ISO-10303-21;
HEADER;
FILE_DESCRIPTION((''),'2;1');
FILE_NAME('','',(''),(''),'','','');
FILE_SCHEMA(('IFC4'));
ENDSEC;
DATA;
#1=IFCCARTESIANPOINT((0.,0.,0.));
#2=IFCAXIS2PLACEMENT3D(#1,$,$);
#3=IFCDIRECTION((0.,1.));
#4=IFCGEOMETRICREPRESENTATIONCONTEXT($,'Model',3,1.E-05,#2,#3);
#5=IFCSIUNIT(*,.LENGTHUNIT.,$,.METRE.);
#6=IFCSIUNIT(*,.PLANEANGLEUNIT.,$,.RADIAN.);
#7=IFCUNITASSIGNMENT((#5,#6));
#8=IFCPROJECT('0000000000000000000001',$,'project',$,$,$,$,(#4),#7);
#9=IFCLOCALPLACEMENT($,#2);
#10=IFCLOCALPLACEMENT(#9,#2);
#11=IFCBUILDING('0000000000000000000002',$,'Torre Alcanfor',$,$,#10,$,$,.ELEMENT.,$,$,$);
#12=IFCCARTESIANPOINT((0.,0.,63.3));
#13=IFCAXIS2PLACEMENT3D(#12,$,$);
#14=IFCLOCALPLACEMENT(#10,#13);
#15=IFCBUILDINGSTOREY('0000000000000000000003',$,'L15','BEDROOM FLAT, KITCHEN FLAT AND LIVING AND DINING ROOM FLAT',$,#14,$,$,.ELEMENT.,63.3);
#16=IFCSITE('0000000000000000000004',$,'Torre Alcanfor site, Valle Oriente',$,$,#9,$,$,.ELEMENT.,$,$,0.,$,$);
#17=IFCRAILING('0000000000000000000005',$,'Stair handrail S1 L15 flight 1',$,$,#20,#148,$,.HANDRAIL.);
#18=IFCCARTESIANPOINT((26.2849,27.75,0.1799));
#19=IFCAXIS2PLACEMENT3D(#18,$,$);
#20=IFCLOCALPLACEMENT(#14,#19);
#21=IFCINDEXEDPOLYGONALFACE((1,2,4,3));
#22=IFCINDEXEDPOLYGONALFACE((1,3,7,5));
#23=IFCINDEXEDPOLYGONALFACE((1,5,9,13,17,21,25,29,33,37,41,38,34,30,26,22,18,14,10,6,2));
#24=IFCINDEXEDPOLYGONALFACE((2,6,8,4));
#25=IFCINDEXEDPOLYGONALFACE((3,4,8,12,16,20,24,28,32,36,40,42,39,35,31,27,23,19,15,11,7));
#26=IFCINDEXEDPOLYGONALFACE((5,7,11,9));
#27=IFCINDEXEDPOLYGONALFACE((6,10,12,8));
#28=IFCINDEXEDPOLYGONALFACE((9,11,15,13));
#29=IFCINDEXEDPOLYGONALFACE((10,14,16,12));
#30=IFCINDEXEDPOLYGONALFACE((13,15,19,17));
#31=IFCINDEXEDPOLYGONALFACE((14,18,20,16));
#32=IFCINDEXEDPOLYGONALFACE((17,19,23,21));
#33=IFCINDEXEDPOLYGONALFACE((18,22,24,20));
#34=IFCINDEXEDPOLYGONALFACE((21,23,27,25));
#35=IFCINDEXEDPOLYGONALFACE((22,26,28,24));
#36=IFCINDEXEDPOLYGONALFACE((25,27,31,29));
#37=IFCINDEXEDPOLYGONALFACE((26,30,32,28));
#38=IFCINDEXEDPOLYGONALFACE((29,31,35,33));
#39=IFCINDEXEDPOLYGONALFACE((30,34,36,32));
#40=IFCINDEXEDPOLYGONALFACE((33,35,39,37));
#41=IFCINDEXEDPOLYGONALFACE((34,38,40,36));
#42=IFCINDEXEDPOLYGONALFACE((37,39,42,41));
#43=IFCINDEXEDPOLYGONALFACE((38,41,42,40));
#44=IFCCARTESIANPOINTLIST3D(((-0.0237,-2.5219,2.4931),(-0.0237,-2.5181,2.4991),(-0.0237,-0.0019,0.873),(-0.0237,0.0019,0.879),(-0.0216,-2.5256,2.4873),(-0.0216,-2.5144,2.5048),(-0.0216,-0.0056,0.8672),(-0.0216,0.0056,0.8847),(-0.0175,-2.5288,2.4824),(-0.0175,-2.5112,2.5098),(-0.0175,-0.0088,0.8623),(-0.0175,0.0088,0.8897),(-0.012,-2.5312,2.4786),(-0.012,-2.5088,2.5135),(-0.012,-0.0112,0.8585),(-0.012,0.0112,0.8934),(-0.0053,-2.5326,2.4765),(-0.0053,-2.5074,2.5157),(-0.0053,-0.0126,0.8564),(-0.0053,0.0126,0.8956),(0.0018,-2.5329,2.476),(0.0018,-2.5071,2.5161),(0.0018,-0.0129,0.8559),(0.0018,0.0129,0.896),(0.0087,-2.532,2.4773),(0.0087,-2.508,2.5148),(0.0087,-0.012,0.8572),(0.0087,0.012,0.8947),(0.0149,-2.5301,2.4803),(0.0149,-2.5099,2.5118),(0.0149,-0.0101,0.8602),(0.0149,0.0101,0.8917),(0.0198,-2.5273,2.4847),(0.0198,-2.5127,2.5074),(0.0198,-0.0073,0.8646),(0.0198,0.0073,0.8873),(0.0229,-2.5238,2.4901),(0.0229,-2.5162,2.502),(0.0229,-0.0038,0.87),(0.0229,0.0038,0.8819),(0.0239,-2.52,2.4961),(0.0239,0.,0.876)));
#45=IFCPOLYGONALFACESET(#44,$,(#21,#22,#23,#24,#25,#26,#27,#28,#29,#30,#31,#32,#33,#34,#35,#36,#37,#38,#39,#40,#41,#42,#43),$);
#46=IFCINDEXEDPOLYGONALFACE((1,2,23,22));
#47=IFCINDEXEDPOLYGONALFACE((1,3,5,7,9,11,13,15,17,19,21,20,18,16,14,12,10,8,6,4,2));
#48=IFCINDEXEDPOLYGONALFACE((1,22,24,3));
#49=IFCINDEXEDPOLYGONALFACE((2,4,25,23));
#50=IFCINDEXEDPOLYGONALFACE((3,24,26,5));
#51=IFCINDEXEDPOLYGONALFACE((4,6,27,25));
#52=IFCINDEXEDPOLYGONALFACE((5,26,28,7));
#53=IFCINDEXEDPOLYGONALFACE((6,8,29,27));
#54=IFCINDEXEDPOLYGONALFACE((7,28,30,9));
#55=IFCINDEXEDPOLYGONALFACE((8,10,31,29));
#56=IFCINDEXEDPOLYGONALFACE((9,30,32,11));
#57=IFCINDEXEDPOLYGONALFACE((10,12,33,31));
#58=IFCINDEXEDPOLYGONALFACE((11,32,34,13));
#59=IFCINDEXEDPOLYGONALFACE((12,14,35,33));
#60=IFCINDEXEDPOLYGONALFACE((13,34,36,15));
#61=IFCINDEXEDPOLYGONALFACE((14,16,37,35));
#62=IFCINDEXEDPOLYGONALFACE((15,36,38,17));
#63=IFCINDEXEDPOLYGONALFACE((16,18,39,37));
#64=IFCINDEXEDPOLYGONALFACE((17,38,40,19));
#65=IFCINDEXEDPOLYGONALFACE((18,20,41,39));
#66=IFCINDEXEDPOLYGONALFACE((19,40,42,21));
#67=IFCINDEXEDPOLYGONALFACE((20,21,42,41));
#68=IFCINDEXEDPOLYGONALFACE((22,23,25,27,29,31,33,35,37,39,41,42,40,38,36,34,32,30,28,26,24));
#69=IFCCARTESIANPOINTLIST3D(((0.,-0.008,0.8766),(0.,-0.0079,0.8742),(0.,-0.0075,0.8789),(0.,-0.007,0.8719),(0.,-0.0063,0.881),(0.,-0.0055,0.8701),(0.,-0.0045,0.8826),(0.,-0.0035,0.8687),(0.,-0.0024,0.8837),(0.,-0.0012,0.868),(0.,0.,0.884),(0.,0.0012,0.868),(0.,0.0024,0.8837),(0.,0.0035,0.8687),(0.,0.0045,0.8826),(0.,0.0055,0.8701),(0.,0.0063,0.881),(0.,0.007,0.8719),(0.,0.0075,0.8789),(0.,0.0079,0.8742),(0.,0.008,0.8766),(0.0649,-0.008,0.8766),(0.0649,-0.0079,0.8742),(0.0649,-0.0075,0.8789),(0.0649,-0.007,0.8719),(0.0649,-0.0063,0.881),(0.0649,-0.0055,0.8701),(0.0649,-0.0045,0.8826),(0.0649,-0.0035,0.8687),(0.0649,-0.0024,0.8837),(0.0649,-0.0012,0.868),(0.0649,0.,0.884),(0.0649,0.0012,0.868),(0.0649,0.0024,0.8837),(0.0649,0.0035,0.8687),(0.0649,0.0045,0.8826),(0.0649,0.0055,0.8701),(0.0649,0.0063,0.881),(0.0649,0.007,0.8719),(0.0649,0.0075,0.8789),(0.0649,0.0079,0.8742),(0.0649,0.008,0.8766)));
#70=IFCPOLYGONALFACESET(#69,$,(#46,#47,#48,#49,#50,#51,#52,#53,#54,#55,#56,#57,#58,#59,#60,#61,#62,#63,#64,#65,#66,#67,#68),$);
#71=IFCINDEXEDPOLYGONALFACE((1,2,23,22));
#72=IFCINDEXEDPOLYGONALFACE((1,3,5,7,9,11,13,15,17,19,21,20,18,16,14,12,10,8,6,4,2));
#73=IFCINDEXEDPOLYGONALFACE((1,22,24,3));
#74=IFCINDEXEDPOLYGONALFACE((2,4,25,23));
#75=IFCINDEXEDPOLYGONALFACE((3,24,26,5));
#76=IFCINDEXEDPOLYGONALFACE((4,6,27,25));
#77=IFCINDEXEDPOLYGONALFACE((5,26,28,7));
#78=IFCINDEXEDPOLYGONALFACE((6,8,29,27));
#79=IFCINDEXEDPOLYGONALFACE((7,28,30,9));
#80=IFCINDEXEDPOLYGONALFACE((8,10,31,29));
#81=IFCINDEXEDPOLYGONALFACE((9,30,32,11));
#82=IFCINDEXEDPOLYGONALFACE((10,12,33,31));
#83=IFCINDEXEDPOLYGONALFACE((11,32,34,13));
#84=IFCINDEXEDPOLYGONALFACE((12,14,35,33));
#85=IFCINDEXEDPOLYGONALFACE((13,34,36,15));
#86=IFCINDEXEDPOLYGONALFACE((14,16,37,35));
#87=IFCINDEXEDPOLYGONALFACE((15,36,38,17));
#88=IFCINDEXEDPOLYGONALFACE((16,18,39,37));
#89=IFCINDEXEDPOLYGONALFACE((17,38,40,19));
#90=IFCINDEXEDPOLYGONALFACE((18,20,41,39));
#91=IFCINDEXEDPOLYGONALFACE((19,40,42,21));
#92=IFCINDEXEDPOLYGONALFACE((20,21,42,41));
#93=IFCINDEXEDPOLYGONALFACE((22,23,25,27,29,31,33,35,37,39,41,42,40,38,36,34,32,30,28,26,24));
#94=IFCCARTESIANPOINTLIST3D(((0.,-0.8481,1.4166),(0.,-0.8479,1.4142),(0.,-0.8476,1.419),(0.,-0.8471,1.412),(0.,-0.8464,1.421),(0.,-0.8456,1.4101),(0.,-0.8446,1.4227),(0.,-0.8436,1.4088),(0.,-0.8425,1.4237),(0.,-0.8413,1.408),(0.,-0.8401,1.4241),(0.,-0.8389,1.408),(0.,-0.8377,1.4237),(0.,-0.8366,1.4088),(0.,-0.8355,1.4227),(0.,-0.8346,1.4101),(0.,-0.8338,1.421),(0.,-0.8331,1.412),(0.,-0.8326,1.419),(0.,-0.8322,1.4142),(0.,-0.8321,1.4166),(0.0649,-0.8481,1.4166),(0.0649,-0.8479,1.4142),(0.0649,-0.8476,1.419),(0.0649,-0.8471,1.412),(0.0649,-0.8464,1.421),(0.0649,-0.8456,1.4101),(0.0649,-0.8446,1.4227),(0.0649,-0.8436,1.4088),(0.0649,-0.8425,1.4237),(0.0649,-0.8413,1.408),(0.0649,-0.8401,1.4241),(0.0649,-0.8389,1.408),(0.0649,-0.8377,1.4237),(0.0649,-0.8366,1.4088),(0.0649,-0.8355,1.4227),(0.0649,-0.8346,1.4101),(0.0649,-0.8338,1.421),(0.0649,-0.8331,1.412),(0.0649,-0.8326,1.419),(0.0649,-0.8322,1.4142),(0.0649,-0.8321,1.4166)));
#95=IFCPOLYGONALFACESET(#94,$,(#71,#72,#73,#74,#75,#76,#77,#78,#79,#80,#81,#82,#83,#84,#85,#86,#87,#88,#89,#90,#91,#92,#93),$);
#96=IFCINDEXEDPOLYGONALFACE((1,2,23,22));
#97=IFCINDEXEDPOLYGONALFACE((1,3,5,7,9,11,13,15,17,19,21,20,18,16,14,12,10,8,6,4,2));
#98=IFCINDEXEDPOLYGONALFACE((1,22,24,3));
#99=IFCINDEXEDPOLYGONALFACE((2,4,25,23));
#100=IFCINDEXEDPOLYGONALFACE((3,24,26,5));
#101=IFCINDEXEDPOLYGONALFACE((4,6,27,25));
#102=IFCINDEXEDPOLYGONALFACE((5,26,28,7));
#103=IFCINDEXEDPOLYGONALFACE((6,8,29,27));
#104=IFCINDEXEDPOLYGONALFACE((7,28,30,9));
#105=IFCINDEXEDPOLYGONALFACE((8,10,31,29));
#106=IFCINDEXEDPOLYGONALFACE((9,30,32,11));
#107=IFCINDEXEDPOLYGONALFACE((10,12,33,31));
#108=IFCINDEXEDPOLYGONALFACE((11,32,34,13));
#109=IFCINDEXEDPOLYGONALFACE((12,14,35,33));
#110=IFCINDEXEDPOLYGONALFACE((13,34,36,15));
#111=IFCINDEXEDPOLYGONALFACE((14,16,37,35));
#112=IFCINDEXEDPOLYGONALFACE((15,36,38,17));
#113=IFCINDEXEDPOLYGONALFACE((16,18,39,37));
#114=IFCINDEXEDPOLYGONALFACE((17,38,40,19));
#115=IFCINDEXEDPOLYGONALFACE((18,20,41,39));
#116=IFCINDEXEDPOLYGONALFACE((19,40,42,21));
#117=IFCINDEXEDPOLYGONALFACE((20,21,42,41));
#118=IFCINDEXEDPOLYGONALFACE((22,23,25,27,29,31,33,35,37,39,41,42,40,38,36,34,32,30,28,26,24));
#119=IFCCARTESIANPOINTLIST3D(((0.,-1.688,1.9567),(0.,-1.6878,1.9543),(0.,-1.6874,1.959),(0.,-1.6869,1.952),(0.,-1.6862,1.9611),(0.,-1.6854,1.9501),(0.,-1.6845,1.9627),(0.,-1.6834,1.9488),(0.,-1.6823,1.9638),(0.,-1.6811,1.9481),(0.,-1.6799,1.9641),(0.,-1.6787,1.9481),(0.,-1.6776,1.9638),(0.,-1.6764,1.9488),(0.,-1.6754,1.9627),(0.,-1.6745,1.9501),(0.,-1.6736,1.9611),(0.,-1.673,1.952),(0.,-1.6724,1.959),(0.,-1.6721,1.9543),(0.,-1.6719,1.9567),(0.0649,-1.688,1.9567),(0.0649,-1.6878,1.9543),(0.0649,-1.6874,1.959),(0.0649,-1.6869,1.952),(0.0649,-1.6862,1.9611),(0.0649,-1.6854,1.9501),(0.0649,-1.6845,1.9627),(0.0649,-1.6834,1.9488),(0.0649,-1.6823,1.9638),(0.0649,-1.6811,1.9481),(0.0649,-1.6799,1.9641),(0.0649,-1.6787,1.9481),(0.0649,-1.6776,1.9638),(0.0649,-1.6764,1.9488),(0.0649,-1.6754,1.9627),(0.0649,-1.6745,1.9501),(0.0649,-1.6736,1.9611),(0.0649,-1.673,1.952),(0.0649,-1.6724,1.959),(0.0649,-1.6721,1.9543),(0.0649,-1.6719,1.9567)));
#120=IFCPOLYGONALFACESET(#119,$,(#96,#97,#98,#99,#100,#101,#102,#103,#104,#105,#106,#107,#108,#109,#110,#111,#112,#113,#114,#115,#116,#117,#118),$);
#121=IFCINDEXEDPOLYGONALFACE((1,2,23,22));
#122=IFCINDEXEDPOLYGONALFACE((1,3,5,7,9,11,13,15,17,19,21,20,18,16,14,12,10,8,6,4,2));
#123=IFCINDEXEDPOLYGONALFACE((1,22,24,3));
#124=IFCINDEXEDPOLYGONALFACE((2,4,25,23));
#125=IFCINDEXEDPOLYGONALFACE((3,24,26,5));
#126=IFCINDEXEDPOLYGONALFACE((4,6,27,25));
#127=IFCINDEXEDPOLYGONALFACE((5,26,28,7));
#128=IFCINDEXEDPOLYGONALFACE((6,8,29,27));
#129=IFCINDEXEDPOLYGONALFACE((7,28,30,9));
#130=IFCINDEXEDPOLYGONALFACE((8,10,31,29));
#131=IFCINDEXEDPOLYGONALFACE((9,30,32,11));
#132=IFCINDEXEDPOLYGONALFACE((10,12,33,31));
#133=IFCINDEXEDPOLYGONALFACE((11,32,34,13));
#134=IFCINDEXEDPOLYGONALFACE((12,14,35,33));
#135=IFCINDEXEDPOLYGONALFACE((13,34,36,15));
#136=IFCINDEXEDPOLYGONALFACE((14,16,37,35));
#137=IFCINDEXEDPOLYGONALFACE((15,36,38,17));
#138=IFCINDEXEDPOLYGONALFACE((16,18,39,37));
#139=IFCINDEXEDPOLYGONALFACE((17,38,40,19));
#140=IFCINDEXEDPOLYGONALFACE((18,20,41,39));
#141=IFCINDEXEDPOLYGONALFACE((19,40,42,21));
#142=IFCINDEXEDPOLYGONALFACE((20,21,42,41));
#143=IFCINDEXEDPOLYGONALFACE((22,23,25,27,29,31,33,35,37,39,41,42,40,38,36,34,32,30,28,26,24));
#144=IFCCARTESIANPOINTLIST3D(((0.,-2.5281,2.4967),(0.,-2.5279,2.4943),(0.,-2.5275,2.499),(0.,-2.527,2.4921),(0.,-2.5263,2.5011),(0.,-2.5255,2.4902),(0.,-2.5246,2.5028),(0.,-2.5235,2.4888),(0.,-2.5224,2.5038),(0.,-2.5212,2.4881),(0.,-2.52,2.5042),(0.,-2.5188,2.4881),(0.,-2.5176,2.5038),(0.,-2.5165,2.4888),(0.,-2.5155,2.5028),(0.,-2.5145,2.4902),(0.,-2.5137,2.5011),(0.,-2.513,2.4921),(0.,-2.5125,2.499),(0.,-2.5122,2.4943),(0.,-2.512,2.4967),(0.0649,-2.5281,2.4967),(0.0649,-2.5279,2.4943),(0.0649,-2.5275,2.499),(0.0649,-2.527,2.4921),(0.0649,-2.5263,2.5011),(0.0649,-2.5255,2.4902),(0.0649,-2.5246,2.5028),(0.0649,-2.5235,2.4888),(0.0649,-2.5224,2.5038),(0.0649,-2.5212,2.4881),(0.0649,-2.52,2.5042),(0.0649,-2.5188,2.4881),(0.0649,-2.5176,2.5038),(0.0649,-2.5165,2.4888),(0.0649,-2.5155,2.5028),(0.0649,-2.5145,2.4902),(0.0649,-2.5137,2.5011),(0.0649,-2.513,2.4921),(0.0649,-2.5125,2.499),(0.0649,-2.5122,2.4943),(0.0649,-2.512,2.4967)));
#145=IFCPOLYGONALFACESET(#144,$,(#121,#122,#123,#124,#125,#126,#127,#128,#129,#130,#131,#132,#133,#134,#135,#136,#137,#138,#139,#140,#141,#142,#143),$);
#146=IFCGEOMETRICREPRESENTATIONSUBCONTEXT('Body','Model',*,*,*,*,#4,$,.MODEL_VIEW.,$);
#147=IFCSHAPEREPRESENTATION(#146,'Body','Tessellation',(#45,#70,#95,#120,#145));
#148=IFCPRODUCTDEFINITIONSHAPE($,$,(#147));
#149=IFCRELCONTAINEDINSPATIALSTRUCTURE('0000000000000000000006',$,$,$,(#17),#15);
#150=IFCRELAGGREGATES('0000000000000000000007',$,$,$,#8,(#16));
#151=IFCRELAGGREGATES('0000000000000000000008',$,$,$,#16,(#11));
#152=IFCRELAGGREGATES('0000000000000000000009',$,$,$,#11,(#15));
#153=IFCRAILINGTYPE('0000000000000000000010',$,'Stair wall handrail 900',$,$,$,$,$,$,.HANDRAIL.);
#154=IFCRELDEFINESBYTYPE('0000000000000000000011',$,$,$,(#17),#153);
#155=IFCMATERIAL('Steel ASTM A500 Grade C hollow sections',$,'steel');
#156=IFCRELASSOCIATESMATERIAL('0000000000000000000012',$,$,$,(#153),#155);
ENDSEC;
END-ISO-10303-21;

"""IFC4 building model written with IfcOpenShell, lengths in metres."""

from ifc_helpers import new_model, si_unit, direction, frame, origin, origin_2d, place, context, subcontext, project, spatial, circle, extrude, material, type_object, element, save


model = new_model("IFC4")

# Units and contexts
model_context = context("Model", 3, precision=1e-05, world=origin(), true_north=direction((0.0, 1.0)))
body_context = subcontext(model_context, "Body", "Model", "MODEL_VIEW")
ifc_project = project(units=[si_unit("LENGTHUNIT", "METRE"), si_unit("PLANEANGLEUNIT", "RADIAN")], contexts=[model_context])

# Site, building, storey
site_placement = place(None, origin())
site = spatial("IfcSite", under=ifc_project, at=site_placement, Name="Torre Alcanfor site, Valle Oriente", CompositionType="ELEMENT", RefElevation=0.0)
building_placement = place(site_placement, origin())
building = spatial("IfcBuilding", under=site, at=building_placement, Name="Torre Alcanfor", CompositionType="ELEMENT")
storey_placement = place(building_placement, frame((0.0, 0.0, 63.3)))
storey = spatial("IfcBuildingStorey", under=building, at=storey_placement, Name="L15", Description="BEDROOM FLAT, KITCHEN FLAT AND LIVING AND DINING ROOM FLAT", CompositionType="ELEMENT", Elevation=63.3)

# Railing
ifc_material_1 = material(Name="Steel ASTM A500 Grade C hollow sections", Category="steel")
railing_type_1 = type_object("IfcRailingType", Name="Stair wall handrail 900", PredefinedType="HANDRAIL", material=ifc_material_1)
railing_1_placement = place(storey_placement, frame((26.2849, 27.75, 0.1799)))
element("IfcRailing", 1, at=railing_1_placement, inside=storey, type_object=railing_type_1, Name="Stair handrail S1 L15 flight 1", PredefinedType="HANDRAIL", context=body_context, shape_type="SweptSolid", body=[
    extrude(circle(Radius=0.0239, at=origin_2d()), frame((0.0, 0.0, 0.876), z_axis=(0.0, -0.841163, 0.540782), x_axis=(1.0, 0.0, 0.0)), (0.0, 0.0, 1.0), 2.9958),
    extrude(circle(Radius=0.0081, at=origin_2d()), frame((0.0, 0.0, 0.876), z_axis=(1.0, 0.0, 0.0), x_axis=(0.0, 0.0, 1.0)), (0.0, 0.0, 1.0), 0.0649),
    extrude(circle(Radius=0.0081, at=origin_2d()), frame((0.0, -0.8401, 1.416), z_axis=(1.0, 0.0, 0.0), x_axis=(0.0, 0.0, 1.0)), (0.0, 0.0, 1.0), 0.0649),
    extrude(circle(Radius=0.0081, at=origin_2d()), frame((0.0, -1.6799, 1.9561), z_axis=(1.0, 0.0, 0.0), x_axis=(0.0, 0.0, 1.0)), (0.0, 0.0, 1.0), 0.0649),
    extrude(circle(Radius=0.0081, at=origin_2d()), frame((0.0, -2.52, 2.4961), z_axis=(1.0, 0.0, 0.0), x_axis=(0.0, 0.0, 1.0)), (0.0, 0.0, 1.0), 0.0649),
])

save(model, "model.ifc")
